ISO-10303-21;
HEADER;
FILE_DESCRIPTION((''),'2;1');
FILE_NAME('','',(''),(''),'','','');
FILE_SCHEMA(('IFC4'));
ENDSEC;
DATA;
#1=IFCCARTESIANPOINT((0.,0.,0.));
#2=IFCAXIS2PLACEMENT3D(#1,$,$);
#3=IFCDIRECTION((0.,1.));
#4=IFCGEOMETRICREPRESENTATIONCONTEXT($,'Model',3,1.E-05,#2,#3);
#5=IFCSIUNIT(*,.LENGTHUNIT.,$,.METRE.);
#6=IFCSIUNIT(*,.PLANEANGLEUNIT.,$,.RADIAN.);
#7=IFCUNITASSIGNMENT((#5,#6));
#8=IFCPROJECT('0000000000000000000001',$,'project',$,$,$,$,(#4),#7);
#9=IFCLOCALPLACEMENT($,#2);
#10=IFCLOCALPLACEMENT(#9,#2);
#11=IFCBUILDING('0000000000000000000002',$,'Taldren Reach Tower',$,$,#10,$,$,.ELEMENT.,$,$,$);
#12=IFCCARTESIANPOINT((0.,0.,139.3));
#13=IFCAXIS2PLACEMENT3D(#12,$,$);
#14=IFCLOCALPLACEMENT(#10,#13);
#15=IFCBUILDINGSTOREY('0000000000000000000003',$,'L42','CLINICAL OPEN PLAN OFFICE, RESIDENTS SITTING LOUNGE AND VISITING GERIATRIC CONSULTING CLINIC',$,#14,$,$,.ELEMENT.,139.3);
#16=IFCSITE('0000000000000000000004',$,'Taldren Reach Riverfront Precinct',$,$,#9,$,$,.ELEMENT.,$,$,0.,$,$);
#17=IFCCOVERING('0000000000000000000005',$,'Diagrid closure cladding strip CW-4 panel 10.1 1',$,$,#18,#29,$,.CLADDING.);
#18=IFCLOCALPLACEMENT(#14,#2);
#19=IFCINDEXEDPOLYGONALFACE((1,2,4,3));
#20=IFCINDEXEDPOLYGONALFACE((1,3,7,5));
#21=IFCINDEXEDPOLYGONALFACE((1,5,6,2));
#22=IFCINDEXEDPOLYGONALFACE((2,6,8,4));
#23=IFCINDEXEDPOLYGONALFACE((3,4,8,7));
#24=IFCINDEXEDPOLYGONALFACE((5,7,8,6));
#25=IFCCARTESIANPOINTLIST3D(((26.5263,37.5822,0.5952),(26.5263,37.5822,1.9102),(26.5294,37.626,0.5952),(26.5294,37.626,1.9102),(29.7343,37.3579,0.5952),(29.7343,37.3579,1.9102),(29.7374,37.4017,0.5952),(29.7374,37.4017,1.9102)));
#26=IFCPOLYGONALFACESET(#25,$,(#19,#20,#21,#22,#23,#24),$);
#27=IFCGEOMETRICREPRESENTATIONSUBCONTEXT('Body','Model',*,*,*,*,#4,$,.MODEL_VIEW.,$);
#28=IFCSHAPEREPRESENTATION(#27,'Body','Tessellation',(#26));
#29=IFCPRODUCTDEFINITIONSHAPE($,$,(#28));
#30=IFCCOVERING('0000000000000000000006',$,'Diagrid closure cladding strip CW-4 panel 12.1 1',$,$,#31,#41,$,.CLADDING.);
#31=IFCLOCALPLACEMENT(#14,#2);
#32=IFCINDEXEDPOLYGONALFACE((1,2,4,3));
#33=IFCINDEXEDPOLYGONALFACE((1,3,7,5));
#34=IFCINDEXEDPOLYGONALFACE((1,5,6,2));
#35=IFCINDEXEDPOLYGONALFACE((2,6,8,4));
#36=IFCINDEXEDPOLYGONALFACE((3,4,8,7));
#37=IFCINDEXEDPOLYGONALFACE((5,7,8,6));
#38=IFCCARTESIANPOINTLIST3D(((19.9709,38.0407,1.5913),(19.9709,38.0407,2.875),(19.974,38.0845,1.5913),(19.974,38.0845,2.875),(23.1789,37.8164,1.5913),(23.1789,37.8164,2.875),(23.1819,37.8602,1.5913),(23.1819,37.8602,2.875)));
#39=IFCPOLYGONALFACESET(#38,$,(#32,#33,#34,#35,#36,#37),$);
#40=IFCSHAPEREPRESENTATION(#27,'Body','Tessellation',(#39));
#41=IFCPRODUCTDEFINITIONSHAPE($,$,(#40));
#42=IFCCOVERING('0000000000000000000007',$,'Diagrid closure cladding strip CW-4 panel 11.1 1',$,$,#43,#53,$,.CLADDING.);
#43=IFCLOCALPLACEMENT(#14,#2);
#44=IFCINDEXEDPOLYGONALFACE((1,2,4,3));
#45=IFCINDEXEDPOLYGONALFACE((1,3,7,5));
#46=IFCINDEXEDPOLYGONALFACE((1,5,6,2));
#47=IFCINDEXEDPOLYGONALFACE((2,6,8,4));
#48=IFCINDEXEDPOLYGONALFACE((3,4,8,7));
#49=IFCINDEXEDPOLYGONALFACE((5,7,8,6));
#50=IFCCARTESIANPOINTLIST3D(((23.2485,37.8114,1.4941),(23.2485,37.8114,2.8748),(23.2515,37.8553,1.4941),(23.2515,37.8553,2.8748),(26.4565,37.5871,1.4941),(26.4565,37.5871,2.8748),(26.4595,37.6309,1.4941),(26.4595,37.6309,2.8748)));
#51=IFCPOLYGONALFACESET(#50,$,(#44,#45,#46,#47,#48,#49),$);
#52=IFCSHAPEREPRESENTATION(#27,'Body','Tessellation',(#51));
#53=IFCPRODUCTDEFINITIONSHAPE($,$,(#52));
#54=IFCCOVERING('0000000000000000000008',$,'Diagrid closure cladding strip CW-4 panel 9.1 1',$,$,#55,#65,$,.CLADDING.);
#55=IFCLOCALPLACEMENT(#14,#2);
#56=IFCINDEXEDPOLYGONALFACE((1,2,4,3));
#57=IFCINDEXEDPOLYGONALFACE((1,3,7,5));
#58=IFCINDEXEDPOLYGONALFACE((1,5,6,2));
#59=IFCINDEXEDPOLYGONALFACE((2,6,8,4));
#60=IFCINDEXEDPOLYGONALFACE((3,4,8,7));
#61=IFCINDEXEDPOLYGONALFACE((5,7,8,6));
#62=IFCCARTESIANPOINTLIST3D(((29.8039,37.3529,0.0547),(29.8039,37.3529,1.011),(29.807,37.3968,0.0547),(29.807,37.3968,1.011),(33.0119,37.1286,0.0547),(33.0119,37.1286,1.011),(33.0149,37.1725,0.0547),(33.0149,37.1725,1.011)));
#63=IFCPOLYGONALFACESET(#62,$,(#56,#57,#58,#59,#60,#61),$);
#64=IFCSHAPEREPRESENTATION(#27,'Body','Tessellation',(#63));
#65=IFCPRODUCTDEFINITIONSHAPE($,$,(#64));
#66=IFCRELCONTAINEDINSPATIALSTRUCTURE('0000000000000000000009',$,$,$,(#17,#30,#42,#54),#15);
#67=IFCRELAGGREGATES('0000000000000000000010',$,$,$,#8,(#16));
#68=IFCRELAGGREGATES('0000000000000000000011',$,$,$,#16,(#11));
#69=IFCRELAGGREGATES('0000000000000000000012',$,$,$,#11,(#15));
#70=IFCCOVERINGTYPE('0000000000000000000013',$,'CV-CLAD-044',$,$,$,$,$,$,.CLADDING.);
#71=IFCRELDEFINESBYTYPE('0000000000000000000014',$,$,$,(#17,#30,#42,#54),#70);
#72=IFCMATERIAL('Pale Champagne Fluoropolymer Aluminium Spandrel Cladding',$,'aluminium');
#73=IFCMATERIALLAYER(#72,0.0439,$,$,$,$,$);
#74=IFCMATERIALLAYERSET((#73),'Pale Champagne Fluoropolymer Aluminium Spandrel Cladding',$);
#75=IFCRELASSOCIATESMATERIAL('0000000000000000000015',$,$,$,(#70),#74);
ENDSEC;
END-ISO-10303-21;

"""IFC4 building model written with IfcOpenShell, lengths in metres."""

from ifc_helpers import new_model, si_unit, direction, frame, origin, origin_2d, place, context, subcontext, project, spatial, rectangle, extrude, source, transform, mapped, material, layer, layer_set, type_object, element, save


model = new_model("IFC4")

# Units and contexts
model_context = context("Model", 3, precision=1e-05, world=origin(), true_north=direction((0.0, 1.0)))
body_context = subcontext(model_context, "Body", "Model", "MODEL_VIEW")
ifc_project = project(units=[si_unit("LENGTHUNIT", "METRE"), si_unit("PLANEANGLEUNIT", "RADIAN")], contexts=[model_context])

# Site, building, storey
site_placement = place(None, origin())
site = spatial("IfcSite", under=ifc_project, at=site_placement, Name="Taldren Reach Riverfront Precinct", CompositionType="ELEMENT", RefElevation=0.0)
building_placement = place(site_placement, origin())
building = spatial("IfcBuilding", under=site, at=building_placement, Name="Taldren Reach Tower", CompositionType="ELEMENT")
storey_placement = place(building_placement, frame((0.0, 0.0, 139.3)))
storey = spatial("IfcBuildingStorey", under=building, at=storey_placement, Name="L42", Description="CLINICAL OPEN PLAN OFFICE, RESIDENTS SITTING LOUNGE AND VISITING GERIATRIC CONSULTING CLINIC", CompositionType="ELEMENT", Elevation=139.3)

# Coverings
ifc_material_1 = material(Name="Pale Champagne Fluoropolymer Aluminium Spandrel Cladding", Category="aluminium")
ifc_layer_1 = layer(ifc_material_1, 0.0439)
ifc_layer_set_1 = layer_set([ifc_layer_1], Name="Pale Champagne Fluoropolymer Aluminium Spandrel Cladding")
covering_type = type_object("IfcCoveringType", Name="CV-CLAD-044", PredefinedType="CLADDING", material=ifc_layer_set_1)
shared_shape_1 = source(origin(), body_context, "Body", "SweptSolid", [
    extrude(rectangle(XDim=3.2158, YDim=0.0439, at=origin_2d()), origin(), (0.0, 0.0, 1.0), 1.3149),
])
covering_1_placement = place(storey_placement, frame((28.1318, 37.4919, 0.5952), z_axis=(0.0, 0.0, 1.0), x_axis=(-0.997564, 0.069757, 0.0)))
element("IfcCovering", 1, at=covering_1_placement, inside=storey, type_object=covering_type, Name="Diagrid closure cladding strip CW-4 panel 10.1 1", PredefinedType="CLADDING", context=body_context, shape_type="MappedRepresentation", body=[
    mapped(shared_shape_1, transform((0.0, 0.0, 0.0), scale=1.0)),
])
shared_shape_2 = source(origin(), body_context, "Body", "SweptSolid", [
    extrude(rectangle(XDim=3.2158, YDim=0.0439, at=origin_2d()), origin(), (0.0, 0.0, 1.0), 1.2837),
])
covering_2_placement = place(storey_placement, frame((21.5764, 37.9504, 1.5913), z_axis=(0.0, 0.0, 1.0), x_axis=(-0.997564, 0.069757, 0.0)))
element("IfcCovering", 2, at=covering_2_placement, inside=storey, type_object=covering_type, Name="Diagrid closure cladding strip CW-4 panel 12.1 1", PredefinedType="CLADDING", context=body_context, shape_type="MappedRepresentation", body=[
    mapped(shared_shape_2, transform((0.0, 0.0, 0.0), scale=1.0)),
])
shared_shape_3 = source(origin(), body_context, "Body", "SweptSolid", [
    extrude(rectangle(XDim=3.2158, YDim=0.0439, at=origin_2d()), origin(), (0.0, 0.0, 1.0), 1.3806),
])
covering_3_placement = place(storey_placement, frame((24.854, 37.7212, 1.4941), z_axis=(0.0, 0.0, 1.0), x_axis=(-0.997564, 0.069757, 0.0)))
element("IfcCovering", 3, at=covering_3_placement, inside=storey, type_object=covering_type, Name="Diagrid closure cladding strip CW-4 panel 11.1 1", PredefinedType="CLADDING", context=body_context, shape_type="MappedRepresentation", body=[
    mapped(shared_shape_3, transform((0.0, 0.0, 0.0), scale=1.0)),
])
shared_shape_4 = source(origin(), body_context, "Body", "SweptSolid", [
    extrude(rectangle(XDim=3.2158, YDim=0.0439, at=origin_2d()), origin(), (0.0, 0.0, 1.0), 0.9563),
])
covering_4_placement = place(storey_placement, frame((31.4094, 37.2627, 0.0547), z_axis=(0.0, 0.0, 1.0), x_axis=(-0.997564, 0.069757, 0.0)))
element("IfcCovering", 4, at=covering_4_placement, inside=storey, type_object=covering_type, Name="Diagrid closure cladding strip CW-4 panel 9.1 1", PredefinedType="CLADDING", context=body_context, shape_type="MappedRepresentation", body=[
    mapped(shared_shape_4, transform((0.0, 0.0, 0.0), scale=1.0)),
])

save(model, "model.ifc")
